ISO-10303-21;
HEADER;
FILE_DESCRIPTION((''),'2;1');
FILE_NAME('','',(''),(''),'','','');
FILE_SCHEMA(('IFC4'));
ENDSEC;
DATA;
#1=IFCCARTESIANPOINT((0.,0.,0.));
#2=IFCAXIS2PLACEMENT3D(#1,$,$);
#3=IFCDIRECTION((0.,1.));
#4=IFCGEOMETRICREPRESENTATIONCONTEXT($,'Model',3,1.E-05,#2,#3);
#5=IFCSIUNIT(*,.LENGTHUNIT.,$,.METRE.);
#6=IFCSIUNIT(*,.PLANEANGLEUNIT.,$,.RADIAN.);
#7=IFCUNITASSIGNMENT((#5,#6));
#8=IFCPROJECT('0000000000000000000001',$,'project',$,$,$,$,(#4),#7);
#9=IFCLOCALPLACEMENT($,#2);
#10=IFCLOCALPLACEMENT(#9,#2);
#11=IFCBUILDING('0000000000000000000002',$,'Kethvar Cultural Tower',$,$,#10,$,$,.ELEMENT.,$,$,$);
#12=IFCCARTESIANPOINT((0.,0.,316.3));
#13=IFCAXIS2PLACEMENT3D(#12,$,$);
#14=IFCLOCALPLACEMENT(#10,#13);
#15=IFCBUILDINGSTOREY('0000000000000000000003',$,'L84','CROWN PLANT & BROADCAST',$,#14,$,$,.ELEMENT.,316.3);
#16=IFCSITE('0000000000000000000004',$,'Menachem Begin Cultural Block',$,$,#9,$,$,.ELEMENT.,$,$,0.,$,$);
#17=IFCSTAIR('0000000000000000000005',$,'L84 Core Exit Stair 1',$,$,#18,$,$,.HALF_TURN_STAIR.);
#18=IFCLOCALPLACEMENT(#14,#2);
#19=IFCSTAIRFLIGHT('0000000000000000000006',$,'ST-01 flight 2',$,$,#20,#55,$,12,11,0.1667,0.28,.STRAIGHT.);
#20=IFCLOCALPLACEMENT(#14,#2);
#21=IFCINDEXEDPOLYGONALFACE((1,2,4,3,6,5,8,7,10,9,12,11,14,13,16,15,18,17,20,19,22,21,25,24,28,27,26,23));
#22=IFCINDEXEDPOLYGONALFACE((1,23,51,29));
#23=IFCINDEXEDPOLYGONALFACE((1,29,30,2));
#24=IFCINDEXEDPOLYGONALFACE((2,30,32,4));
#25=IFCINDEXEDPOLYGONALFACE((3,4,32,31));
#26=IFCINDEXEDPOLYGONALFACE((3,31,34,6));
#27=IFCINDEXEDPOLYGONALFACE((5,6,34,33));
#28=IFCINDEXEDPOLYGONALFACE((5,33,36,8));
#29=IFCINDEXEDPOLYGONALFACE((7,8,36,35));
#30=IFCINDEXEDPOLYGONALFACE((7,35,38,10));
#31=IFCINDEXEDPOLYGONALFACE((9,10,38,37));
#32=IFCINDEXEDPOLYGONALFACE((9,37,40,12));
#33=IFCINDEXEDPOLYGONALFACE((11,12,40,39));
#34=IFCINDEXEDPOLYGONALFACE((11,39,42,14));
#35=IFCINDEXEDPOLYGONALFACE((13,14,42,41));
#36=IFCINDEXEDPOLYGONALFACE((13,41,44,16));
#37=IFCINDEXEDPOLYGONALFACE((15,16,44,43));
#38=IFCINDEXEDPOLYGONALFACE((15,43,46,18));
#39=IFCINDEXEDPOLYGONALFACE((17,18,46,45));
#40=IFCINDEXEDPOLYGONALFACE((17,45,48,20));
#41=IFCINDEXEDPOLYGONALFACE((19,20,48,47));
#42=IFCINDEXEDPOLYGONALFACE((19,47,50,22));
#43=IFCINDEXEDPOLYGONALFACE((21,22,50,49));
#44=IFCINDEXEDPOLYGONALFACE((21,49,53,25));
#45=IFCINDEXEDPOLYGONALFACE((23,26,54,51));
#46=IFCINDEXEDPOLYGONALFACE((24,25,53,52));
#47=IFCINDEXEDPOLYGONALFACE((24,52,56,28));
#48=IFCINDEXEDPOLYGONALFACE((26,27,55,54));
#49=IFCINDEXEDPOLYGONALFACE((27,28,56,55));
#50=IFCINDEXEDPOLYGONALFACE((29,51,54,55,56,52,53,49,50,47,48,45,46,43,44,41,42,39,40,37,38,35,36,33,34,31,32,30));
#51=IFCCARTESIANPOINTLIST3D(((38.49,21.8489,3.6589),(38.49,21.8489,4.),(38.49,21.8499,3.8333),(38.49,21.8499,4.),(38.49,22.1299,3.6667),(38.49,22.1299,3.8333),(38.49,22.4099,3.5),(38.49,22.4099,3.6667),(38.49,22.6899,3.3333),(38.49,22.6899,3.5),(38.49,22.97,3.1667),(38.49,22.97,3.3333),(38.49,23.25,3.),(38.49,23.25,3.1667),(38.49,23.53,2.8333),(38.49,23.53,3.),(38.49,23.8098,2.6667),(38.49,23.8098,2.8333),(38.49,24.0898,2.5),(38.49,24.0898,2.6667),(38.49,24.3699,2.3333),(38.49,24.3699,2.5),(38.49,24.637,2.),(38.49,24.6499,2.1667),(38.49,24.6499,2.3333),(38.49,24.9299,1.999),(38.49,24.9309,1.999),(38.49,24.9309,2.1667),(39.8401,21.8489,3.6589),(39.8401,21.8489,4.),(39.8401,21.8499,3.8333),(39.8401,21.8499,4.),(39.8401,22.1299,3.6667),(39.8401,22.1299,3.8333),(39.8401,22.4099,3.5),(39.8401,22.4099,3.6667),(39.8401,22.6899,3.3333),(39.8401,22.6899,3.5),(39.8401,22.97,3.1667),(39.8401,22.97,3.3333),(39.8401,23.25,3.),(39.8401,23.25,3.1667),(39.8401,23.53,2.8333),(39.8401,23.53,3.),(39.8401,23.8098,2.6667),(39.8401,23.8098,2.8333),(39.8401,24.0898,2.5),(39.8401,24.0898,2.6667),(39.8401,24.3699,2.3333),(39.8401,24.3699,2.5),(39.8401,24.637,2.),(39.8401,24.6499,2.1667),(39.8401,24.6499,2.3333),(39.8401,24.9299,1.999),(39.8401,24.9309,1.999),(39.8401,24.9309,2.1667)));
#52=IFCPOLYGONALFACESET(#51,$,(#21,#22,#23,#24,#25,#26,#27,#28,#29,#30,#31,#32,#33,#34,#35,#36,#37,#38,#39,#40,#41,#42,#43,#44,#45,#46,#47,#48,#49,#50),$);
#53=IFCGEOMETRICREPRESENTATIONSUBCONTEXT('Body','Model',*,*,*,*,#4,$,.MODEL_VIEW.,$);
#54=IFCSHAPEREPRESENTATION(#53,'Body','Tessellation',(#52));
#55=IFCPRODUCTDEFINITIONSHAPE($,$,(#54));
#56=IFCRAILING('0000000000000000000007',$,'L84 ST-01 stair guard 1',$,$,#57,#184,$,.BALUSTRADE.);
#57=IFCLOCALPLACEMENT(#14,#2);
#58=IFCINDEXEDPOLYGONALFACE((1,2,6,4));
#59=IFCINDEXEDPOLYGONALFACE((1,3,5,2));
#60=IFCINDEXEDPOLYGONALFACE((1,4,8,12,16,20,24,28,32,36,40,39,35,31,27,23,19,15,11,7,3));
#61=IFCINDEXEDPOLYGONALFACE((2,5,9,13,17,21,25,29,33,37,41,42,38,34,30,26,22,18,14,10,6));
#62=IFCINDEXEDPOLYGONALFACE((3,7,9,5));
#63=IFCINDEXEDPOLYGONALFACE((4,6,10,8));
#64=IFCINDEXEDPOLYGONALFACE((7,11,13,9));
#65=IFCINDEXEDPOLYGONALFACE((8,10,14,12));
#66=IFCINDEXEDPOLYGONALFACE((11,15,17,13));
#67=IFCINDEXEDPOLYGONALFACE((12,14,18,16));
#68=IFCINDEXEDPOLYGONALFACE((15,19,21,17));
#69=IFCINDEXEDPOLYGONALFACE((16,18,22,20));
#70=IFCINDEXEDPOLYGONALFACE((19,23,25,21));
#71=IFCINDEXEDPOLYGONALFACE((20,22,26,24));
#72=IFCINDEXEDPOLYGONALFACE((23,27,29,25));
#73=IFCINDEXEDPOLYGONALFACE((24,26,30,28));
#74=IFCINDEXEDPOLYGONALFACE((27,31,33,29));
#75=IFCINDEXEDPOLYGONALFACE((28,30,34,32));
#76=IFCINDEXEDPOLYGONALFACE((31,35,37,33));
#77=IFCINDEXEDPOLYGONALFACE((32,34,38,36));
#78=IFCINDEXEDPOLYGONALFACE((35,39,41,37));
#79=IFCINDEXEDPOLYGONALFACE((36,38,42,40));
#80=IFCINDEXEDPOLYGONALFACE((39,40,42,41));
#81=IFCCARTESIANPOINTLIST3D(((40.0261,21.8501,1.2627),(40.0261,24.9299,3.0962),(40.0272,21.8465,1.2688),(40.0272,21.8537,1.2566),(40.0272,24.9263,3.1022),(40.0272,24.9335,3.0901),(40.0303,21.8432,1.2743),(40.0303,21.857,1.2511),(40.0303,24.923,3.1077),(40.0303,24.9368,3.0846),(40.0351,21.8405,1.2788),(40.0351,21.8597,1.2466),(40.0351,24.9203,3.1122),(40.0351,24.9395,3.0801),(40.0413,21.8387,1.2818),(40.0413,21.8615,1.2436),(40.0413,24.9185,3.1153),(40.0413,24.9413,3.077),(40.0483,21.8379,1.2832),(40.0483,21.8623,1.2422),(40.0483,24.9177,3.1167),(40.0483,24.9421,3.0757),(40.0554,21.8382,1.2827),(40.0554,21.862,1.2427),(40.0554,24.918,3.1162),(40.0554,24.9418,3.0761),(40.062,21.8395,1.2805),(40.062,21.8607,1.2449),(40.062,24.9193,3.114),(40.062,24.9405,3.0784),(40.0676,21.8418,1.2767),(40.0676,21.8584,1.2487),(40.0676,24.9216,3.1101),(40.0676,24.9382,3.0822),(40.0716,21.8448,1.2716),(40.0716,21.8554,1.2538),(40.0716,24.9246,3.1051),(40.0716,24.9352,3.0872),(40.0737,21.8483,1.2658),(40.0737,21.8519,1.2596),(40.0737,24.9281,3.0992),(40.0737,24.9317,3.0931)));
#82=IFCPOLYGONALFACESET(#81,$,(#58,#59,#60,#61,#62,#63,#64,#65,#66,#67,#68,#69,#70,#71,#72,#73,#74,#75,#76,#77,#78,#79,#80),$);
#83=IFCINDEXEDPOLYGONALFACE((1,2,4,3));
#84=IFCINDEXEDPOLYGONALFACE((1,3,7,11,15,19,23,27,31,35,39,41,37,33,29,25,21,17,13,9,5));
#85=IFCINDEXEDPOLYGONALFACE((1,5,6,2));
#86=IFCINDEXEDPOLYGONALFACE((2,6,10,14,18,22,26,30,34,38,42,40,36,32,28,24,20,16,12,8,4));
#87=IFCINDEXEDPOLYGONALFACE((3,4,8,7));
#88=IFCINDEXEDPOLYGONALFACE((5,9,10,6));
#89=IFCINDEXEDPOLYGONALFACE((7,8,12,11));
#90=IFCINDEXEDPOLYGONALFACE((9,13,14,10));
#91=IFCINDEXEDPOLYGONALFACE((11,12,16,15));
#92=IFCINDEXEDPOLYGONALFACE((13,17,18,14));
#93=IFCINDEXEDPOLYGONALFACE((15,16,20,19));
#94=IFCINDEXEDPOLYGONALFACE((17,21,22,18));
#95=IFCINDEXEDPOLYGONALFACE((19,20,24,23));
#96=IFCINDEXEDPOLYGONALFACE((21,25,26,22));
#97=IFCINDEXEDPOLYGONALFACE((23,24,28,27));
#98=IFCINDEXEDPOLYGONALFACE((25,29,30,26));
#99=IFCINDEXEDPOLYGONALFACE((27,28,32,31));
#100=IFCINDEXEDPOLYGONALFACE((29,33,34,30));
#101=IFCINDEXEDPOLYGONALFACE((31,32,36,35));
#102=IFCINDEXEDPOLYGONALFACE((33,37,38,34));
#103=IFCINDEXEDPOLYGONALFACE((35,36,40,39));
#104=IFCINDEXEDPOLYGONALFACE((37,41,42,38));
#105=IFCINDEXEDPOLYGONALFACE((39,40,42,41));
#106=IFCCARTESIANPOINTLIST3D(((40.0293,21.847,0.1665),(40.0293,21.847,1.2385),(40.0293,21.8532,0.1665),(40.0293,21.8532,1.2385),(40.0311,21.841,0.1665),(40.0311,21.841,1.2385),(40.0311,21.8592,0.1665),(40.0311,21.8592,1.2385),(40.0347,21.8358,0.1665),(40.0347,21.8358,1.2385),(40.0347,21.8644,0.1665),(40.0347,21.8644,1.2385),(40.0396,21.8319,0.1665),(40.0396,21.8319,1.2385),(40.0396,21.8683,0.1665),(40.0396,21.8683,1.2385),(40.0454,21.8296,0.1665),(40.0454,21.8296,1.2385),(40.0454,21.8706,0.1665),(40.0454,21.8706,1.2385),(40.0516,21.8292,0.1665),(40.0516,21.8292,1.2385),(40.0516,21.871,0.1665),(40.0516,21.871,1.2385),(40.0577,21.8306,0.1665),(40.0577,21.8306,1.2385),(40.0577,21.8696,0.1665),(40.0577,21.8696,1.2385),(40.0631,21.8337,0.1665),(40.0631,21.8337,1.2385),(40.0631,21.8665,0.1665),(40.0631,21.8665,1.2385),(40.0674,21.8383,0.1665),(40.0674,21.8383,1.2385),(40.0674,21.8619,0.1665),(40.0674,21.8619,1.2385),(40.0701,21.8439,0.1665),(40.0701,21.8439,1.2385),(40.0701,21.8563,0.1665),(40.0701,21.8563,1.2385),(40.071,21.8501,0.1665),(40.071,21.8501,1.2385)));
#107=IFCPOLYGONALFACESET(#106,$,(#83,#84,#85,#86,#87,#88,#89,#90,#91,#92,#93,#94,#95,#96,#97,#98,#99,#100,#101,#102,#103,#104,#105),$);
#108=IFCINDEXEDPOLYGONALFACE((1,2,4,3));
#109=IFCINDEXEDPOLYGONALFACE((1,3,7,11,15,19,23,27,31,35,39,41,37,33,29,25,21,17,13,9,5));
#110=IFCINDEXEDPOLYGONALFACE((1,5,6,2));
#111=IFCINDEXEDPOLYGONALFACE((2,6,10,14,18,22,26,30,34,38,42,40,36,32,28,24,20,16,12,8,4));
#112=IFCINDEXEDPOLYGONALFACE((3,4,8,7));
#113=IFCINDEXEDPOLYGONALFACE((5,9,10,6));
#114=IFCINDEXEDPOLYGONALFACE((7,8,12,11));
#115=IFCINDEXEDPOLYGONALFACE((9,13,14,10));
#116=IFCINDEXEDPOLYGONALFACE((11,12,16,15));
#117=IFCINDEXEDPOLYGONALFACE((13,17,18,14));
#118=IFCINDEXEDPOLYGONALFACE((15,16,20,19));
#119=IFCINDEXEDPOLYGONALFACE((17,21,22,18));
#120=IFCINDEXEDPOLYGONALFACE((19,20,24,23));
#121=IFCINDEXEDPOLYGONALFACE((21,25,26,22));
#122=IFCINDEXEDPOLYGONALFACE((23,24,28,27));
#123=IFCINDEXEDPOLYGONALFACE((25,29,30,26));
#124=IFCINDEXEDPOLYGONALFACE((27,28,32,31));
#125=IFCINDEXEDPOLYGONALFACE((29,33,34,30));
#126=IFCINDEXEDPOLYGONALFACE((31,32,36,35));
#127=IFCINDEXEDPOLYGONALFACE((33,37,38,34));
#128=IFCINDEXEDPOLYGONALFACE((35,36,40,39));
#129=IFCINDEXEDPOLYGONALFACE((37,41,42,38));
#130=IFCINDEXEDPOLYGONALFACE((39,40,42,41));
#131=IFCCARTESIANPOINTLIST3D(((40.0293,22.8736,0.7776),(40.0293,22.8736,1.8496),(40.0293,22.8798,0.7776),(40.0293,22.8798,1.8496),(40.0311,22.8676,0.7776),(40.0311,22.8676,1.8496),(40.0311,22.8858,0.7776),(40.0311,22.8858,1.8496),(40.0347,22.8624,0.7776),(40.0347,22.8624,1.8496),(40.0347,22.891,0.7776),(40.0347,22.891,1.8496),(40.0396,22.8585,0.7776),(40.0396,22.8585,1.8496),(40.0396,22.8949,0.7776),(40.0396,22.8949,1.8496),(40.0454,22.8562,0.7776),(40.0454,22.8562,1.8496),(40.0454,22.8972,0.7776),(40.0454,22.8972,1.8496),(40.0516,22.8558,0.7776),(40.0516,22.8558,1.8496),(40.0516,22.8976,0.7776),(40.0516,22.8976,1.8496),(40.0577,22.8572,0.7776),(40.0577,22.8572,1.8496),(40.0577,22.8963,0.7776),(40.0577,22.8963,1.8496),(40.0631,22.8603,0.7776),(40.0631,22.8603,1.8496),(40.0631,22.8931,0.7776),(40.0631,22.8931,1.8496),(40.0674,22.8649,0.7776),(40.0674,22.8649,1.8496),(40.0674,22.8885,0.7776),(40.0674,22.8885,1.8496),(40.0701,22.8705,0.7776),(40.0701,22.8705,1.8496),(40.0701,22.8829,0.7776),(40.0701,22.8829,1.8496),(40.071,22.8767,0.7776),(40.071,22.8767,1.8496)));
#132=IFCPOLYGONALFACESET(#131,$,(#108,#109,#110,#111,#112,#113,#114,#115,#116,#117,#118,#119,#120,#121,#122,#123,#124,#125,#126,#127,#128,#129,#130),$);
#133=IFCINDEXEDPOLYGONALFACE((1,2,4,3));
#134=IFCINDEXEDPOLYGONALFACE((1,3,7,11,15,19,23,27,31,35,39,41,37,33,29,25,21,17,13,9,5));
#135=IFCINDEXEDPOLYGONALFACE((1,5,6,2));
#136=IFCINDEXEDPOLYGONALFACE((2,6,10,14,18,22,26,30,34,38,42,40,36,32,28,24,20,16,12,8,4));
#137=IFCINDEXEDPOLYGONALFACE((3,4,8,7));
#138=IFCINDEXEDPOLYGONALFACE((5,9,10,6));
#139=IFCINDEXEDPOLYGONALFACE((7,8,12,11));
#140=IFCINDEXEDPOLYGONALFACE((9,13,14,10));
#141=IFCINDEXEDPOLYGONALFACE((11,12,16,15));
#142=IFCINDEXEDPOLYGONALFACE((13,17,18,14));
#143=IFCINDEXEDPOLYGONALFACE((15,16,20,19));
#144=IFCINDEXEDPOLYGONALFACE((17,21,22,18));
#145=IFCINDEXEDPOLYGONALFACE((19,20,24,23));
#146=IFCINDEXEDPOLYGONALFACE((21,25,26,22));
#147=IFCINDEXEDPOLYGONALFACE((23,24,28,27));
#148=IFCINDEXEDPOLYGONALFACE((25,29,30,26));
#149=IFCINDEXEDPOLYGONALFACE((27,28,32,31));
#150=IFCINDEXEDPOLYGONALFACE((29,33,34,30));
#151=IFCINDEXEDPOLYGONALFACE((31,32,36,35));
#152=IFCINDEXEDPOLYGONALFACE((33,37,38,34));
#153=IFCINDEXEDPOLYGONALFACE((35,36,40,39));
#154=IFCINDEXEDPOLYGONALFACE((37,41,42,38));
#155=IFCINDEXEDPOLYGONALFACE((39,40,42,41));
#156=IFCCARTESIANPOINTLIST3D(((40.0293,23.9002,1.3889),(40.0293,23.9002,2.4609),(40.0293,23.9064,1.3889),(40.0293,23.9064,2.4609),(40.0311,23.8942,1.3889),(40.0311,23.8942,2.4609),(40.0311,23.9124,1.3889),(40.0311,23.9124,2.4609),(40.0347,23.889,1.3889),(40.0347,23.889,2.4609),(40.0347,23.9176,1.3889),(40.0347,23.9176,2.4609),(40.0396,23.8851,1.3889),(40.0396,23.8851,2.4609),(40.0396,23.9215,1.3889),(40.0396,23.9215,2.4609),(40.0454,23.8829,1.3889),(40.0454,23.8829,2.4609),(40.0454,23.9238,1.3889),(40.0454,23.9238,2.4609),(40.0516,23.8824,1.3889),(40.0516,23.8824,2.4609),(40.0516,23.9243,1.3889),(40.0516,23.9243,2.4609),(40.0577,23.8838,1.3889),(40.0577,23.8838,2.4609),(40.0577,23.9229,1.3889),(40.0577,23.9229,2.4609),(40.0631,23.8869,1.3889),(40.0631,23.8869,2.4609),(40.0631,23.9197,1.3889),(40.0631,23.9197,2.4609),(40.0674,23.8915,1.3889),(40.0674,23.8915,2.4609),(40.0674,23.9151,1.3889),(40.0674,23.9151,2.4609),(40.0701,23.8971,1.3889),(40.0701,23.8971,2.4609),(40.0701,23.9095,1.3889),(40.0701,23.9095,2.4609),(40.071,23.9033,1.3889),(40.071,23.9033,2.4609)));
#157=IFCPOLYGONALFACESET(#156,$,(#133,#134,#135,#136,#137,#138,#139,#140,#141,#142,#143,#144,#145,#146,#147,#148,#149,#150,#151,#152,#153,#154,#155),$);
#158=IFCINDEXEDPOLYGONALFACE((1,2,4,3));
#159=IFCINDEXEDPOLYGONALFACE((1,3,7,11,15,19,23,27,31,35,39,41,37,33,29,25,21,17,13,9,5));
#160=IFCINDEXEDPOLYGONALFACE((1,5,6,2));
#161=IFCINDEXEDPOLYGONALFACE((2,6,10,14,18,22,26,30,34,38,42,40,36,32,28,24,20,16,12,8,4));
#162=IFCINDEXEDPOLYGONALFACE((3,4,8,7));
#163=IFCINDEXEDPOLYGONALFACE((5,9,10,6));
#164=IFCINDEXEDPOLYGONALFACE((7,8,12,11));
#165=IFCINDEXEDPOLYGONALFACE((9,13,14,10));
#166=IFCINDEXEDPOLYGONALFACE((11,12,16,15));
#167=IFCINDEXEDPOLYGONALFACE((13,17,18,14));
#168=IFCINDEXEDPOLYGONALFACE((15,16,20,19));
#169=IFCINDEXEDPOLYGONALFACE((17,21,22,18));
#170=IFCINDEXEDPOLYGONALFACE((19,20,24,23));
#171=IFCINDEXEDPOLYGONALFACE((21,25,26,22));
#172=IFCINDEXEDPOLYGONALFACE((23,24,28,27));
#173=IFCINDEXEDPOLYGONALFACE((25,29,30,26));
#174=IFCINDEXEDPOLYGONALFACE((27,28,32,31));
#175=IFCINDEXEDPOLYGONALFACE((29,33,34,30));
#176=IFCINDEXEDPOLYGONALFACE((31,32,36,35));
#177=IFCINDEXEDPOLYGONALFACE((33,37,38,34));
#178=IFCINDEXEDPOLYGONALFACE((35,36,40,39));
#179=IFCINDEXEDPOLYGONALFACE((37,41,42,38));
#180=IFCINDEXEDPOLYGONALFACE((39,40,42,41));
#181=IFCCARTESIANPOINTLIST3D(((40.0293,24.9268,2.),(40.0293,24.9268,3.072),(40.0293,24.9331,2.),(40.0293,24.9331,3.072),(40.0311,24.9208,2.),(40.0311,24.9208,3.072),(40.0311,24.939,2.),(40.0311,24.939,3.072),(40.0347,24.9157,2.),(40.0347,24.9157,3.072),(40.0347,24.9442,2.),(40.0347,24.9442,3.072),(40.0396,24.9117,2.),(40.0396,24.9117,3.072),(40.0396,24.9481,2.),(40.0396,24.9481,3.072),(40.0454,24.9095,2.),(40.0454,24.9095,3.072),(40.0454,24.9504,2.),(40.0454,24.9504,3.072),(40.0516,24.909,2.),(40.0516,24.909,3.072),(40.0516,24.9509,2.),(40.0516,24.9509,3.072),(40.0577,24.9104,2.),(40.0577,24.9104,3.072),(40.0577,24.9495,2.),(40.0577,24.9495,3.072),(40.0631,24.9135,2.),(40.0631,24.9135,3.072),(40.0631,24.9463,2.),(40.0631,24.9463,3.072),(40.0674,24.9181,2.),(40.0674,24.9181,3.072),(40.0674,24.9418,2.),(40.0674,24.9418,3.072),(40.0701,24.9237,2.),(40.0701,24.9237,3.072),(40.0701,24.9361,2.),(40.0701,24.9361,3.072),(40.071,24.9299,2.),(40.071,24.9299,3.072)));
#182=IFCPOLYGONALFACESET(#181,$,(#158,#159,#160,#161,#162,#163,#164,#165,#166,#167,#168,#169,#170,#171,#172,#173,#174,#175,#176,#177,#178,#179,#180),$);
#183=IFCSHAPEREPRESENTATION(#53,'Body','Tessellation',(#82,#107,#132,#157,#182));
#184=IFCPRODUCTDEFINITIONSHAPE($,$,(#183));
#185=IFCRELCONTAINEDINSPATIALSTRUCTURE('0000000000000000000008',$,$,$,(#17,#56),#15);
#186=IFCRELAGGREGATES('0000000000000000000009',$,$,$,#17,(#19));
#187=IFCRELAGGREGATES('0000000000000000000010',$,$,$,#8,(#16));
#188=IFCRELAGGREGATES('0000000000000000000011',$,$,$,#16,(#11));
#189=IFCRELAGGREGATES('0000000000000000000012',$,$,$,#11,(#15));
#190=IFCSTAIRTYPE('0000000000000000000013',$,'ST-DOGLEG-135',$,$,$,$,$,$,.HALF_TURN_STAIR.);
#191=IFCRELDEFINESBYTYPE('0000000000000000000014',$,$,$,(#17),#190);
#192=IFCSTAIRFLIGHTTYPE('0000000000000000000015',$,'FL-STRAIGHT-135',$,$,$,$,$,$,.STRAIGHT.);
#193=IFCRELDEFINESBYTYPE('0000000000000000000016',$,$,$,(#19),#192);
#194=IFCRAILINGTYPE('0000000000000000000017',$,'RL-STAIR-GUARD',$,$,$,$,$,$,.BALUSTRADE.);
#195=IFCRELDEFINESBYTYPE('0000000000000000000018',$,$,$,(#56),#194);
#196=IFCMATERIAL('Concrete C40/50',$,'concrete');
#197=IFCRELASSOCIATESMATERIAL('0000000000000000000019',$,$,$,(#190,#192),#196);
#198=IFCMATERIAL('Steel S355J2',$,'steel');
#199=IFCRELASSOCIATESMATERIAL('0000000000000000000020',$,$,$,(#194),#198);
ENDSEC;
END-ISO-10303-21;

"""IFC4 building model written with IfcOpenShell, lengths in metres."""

from ifc_helpers import new_model, si_unit, direction, frame, origin, origin_2d, place, context, subcontext, project, spatial, polyline, circle, outline, extrude, material, type_object, element, aggregate, save


model = new_model("IFC4")

# Units and contexts
model_context = context("Model", 3, precision=1e-05, world=origin(), true_north=direction((0.0, 1.0)))
body_context = subcontext(model_context, "Body", "Model", "MODEL_VIEW")
ifc_project = project(units=[si_unit("LENGTHUNIT", "METRE"), si_unit("PLANEANGLEUNIT", "RADIAN")], contexts=[model_context])

# Site, building, storey
site_placement = place(None, origin())
site = spatial("IfcSite", under=ifc_project, at=site_placement, Name="Menachem Begin Cultural Block", CompositionType="ELEMENT", RefElevation=0.0)
building_placement = place(site_placement, origin())
building = spatial("IfcBuilding", under=site, at=building_placement, Name="Kethvar Cultural Tower", CompositionType="ELEMENT")
storey_placement = place(building_placement, frame((0.0, 0.0, 316.3)))
storey = spatial("IfcBuildingStorey", under=building, at=storey_placement, Name="L84", Description="CROWN PLANT & BROADCAST", CompositionType="ELEMENT", Elevation=316.3)

# Shared definitions
ifc_material_1 = material(Name="Steel S355J2", Category="steel")

# Stair, stair flight
ifc_material_2 = material(Name="Concrete C40/50", Category="concrete")
stair_type = type_object("IfcStairType", Name="ST-DOGLEG-135", PredefinedType="HALF_TURN_STAIR", material=ifc_material_2)
stair_placement = place(storey_placement, origin())
stair = element("IfcStair", 1, at=stair_placement, inside=storey, type_object=stair_type, Name="L84 Core Exit Stair 1", PredefinedType="HALF_TURN_STAIR")
stair_flight_type = type_object("IfcStairFlightType", Name="FL-STRAIGHT-135", PredefinedType="STRAIGHT", material=ifc_material_2)
stair_flight_1_placement = place(storey_placement, frame((39.165, 24.9299, 2.0), z_axis=(0.0, 0.0, 1.0), x_axis=(0.0, -1.0, 0.0)))
stair_flight_1 = element("IfcStairFlight", 2, at=stair_flight_1_placement, type_object=stair_flight_type, Name="ST-01 flight 2", NumberOfRisers=12, NumberOfTreads=11, PredefinedType="STRAIGHT", RiserHeight=0.1667, TreadLength=0.28, context=body_context, shape_type="SweptSolid", body=[
    extrude(outline(polyline([(-0.001, -0.001), (-0.001, 0.1667), (0.28, 0.1667), (0.28, 0.3333), (0.5601, 0.3333), (0.5601, 0.5), (0.8401, 0.5), (0.8401, 0.6667), (1.1201, 0.6667), (1.1201, 0.8333), (1.3999, 0.8333), (1.3999, 1.0), (1.6799, 1.0), (1.6799, 1.1667), (1.96, 1.1667), (1.96, 1.3333), (2.24, 1.3333), (2.24, 1.5), (2.52, 1.5), (2.52, 1.6667), (2.8, 1.6667), (2.8, 1.8333), (3.0801, 1.8333), (3.0801, 2.0), (3.0811, 2.0), (3.0811, 1.6589), (0.293, 0.0), (0.0, -0.001), (-0.001, -0.001)])), frame((0.0, 0.675, 0.0), z_axis=(0.0, -1.0, 0.0), x_axis=(1.0, 0.0, 0.0)), (0.0, 0.0, 1.0), 1.3501),
])
aggregate(stair, [stair_flight_1])

# Railing
railing_type_1 = type_object("IfcRailingType", Name="RL-STAIR-GUARD", PredefinedType="BALUSTRADE", material=ifc_material_1)
railing_1_placement = place(storey_placement, frame((40.05, 21.8501, 0.1665)))
element("IfcRailing", 3, at=railing_1_placement, inside=storey, type_object=railing_type_1, Name="L84 ST-01 stair guard 1", PredefinedType="BALUSTRADE", context=body_context, shape_type="SweptSolid", body=[
    extrude(circle(Radius=0.0239, at=origin_2d()), frame((0.0, 0.0, 1.0962), z_axis=(0.0, 0.859261, 0.511538), x_axis=(-1.0, 0.0, 0.0)), (0.0, 0.0, 1.0), 3.5842),
    extrude(circle(Radius=0.021, at=origin_2d()), origin(), (0.0, 0.0, 1.0), 1.072),
    extrude(circle(Radius=0.021, at=origin_2d()), frame((0.0, 1.0266, 0.6111)), (0.0, 0.0, 1.0), 1.072),
    extrude(circle(Radius=0.021, at=origin_2d()), frame((0.0, 2.0532, 1.2224)), (0.0, 0.0, 1.0), 1.072),
    extrude(circle(Radius=0.021, at=origin_2d()), frame((0.0, 3.0798, 1.8335)), (0.0, 0.0, 1.0), 1.072),
])

save(model, "model.ifc")
